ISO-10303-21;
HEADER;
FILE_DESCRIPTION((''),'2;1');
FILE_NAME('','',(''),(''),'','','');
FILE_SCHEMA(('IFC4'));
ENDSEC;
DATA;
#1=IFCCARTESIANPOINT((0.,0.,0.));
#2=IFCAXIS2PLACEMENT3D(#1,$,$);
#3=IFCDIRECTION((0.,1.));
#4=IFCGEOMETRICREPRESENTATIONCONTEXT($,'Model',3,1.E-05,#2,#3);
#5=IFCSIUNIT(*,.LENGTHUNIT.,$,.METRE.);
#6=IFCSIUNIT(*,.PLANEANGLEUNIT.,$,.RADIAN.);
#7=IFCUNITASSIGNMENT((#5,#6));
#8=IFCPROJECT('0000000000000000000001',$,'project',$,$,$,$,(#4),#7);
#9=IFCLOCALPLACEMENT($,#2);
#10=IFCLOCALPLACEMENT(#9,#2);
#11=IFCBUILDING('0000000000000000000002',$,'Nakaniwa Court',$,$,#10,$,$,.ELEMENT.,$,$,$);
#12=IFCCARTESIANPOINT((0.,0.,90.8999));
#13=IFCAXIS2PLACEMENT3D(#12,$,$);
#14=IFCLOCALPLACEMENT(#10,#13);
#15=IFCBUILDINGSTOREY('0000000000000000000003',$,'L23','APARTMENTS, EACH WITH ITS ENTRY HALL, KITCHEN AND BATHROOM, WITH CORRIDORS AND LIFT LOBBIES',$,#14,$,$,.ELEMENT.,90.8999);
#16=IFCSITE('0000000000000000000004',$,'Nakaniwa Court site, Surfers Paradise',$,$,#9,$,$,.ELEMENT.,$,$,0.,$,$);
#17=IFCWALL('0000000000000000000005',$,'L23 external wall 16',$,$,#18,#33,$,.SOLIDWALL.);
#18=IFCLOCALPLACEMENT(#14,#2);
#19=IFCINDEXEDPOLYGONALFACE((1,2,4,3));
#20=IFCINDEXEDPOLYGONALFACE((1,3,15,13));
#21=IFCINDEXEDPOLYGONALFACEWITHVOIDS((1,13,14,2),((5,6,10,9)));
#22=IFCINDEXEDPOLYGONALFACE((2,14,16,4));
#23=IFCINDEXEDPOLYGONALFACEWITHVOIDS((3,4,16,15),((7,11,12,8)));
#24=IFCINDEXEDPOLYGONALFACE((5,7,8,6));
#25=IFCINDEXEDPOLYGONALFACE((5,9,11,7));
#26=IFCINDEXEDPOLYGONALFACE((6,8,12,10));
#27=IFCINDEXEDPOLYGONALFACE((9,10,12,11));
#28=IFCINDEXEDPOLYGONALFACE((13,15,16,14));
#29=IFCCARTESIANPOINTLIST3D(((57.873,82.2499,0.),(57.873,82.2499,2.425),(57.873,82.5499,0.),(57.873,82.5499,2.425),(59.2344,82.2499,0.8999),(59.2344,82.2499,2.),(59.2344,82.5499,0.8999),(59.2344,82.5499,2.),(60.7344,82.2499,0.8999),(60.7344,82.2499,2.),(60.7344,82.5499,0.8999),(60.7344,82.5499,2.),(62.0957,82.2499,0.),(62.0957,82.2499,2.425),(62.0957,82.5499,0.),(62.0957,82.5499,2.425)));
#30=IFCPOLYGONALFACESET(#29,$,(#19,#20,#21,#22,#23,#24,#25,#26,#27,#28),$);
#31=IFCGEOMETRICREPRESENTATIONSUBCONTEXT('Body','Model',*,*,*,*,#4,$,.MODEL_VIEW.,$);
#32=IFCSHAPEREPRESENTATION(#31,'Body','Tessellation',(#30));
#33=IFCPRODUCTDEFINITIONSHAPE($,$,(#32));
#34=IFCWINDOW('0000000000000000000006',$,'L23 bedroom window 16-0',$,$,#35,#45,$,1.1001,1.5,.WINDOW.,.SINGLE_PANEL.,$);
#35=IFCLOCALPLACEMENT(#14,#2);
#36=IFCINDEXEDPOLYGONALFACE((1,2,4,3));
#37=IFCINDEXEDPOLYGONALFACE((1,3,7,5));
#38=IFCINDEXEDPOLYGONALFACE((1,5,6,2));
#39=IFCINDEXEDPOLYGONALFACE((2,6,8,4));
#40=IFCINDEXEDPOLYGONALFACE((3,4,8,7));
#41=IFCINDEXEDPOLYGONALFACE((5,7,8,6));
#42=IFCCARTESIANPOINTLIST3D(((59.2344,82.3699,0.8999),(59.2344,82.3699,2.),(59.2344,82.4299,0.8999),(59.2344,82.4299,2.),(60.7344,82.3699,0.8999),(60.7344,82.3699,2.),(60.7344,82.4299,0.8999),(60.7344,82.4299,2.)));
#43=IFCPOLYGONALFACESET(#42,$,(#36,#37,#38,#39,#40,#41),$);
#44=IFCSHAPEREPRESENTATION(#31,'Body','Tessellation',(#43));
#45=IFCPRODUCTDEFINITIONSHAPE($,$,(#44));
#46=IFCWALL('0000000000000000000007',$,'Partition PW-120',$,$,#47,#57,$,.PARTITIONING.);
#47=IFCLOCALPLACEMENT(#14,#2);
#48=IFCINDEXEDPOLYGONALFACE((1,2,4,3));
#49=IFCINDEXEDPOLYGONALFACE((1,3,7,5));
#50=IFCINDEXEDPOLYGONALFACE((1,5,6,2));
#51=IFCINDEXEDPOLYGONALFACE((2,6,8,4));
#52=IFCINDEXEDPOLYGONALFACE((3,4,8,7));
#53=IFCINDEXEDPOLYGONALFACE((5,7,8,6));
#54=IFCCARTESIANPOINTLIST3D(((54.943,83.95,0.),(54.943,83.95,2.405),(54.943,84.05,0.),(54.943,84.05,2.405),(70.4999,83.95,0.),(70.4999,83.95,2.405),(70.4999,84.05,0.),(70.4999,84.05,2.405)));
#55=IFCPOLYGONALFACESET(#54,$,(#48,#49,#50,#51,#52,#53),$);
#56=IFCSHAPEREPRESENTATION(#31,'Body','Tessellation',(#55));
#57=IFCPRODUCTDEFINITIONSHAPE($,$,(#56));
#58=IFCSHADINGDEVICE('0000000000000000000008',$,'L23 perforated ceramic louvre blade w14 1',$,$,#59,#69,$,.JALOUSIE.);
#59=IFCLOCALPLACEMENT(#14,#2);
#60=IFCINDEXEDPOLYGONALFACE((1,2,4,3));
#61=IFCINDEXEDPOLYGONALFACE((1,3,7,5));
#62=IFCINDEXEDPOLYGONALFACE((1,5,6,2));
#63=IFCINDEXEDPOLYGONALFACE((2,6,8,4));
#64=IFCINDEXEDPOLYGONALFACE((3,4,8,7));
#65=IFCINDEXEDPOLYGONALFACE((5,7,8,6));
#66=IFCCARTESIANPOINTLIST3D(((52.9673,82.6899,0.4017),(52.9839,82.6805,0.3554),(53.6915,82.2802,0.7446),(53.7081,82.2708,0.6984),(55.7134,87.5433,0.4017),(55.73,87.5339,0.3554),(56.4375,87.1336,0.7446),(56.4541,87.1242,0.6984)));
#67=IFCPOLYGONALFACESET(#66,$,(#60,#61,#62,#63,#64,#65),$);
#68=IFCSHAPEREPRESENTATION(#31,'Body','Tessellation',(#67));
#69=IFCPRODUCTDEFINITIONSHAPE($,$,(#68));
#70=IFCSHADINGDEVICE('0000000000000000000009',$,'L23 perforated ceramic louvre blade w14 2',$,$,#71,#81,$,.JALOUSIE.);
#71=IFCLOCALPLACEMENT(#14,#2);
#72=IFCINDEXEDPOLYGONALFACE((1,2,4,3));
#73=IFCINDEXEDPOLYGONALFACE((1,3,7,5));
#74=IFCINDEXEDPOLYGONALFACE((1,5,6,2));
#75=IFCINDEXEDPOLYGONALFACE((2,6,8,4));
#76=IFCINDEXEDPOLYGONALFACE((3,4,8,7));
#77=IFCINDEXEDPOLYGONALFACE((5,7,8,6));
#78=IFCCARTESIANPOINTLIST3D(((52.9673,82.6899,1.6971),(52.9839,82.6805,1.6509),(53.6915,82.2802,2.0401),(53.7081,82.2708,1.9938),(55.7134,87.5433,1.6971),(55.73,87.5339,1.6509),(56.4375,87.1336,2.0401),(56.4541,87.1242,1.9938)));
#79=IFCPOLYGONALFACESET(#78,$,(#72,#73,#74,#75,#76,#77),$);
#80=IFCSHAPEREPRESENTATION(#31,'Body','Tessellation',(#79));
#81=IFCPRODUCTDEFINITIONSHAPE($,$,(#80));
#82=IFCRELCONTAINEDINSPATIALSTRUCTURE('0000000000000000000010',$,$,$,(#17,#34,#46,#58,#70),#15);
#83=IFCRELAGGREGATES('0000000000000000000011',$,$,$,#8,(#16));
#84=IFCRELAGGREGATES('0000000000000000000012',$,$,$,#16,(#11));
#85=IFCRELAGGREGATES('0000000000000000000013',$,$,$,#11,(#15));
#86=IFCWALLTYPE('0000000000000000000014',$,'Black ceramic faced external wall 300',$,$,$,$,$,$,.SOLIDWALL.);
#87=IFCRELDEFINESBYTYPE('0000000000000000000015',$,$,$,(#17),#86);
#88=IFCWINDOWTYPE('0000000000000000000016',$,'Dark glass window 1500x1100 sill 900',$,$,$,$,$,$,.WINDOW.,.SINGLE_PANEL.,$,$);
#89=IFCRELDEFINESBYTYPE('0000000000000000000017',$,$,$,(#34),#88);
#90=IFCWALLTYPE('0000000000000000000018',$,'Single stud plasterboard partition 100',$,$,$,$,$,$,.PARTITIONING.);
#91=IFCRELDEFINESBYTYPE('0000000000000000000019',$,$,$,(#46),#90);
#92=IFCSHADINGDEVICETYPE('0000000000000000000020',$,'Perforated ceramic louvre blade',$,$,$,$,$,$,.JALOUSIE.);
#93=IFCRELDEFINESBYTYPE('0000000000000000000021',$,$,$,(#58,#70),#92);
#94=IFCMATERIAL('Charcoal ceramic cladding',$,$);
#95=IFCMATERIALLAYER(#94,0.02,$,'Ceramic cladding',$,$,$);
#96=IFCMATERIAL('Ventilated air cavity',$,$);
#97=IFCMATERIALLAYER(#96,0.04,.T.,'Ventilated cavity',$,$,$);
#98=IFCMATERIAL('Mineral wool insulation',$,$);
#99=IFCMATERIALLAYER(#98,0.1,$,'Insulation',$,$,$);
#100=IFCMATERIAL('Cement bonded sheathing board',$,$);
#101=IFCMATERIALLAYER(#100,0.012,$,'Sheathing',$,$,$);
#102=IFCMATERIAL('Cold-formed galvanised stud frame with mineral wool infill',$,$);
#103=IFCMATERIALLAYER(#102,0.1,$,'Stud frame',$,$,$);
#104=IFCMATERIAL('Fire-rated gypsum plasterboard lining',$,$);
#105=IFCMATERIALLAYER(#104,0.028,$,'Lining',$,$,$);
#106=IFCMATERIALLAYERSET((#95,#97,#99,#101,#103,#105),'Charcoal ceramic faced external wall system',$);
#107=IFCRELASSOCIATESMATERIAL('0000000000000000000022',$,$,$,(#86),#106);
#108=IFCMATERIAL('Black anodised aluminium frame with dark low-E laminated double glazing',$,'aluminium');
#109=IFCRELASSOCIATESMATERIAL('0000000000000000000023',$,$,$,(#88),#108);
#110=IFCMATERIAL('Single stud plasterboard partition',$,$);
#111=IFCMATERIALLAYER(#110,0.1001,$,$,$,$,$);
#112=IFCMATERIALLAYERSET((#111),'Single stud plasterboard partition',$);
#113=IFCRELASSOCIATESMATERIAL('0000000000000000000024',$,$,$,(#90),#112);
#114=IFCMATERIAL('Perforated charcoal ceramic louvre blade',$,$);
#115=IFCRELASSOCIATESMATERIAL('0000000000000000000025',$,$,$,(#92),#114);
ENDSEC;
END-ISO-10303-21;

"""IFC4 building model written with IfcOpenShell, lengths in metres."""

from ifc_helpers import new_model, si_unit, direction, frame, frame_2d, origin, origin_2d, place, context, subcontext, project, spatial, rectangle, extrude, material, layer, layer_set, material_profile, profile_set, type_object, element, fill, save


model = new_model("IFC4")

# Units and contexts
model_context = context("Model", 3, precision=1e-05, world=origin(), true_north=direction((0.0, 1.0)))
body_context = subcontext(model_context, "Body", "Model", "MODEL_VIEW")
ifc_project = project(units=[si_unit("LENGTHUNIT", "METRE"), si_unit("PLANEANGLEUNIT", "RADIAN")], contexts=[model_context])

# Site, building, storey
site_placement = place(None, origin())
site = spatial("IfcSite", under=ifc_project, at=site_placement, Name="Nakaniwa Court site, Surfers Paradise", CompositionType="ELEMENT", RefElevation=0.0)
building_placement = place(site_placement, origin())
building = spatial("IfcBuilding", under=site, at=building_placement, Name="Nakaniwa Court", CompositionType="ELEMENT")
storey_placement = place(building_placement, frame((0.0, 0.0, 90.8999)))
storey = spatial("IfcBuildingStorey", under=building, at=storey_placement, Name="L23", Description="APARTMENTS, EACH WITH ITS ENTRY HALL, KITCHEN AND BATHROOM, WITH CORRIDORS AND LIFT LOBBIES", CompositionType="ELEMENT", Elevation=90.8999)

# Shared definitions
ifc_material_1 = material(Name="Charcoal ceramic cladding")
ifc_layer_1 = layer(ifc_material_1, 0.02, Name="Ceramic cladding")
ifc_material_2 = material(Name="Ventilated air cavity")
ifc_layer_2 = layer(ifc_material_2, 0.04, ventilated=True, Name="Ventilated cavity")
ifc_material_3 = material(Name="Mineral wool insulation")
ifc_layer_3 = layer(ifc_material_3, 0.1, Name="Insulation")
ifc_material_4 = material(Name="Cement bonded sheathing board")
ifc_layer_4 = layer(ifc_material_4, 0.012, Name="Sheathing")
ifc_material_5 = material(Name="Cold-formed galvanised stud frame with mineral wool infill")
ifc_layer_5 = layer(ifc_material_5, 0.1, Name="Stud frame")
ifc_material_6 = material(Name="Fire-rated gypsum plasterboard lining")
ifc_layer_6 = layer(ifc_material_6, 0.028, Name="Lining")
ifc_layer_set_1 = layer_set([ifc_layer_1, ifc_layer_2, ifc_layer_3, ifc_layer_4, ifc_layer_5, ifc_layer_6], Name="Charcoal ceramic faced external wall system")
wall_type_1 = type_object("IfcWallType", Name="Black ceramic faced external wall 300", PredefinedType="SOLIDWALL", material=ifc_layer_set_1)
ifc_material_7 = material(Name="Black anodised aluminium frame with dark low-E laminated double glazing", Category="aluminium")

# Wall, opening, window
window_type_1 = type_object("IfcWindowType", Name="Dark glass window 1500x1100 sill 900", PartitioningType="SINGLE_PANEL", PredefinedType="WINDOW", material=ifc_material_7)
wall_1_placement = place(storey_placement, frame((57.873, 82.3999, 0.0), z_axis=(0.0, 0.0, 1.0), x_axis=(1.0, 0.0, 0.0)))
wall_1 = element("IfcWall", 1, at=wall_1_placement, inside=storey, type_object=wall_type_1, Name="L23 external wall 16", PredefinedType="SOLIDWALL", context=body_context, shape_type="SweptSolid", body=[
    extrude(rectangle(XDim=4.2227, YDim=0.3, at=frame_2d((2.1113, 0.0))), origin(), (0.0, 0.0, 1.0), 2.425),
])
opening_1_placement = place(wall_1_placement, frame((1.3613, 0.0, 0.8999)))
opening_1 = element("IfcOpeningElement", 2, at=opening_1_placement, cuts=wall_1, PredefinedType="OPENING", context=body_context, shape_type="SweptSolid", body=[
    extrude(rectangle(XDim=1.5, YDim=1.1001, at=frame_2d((0.75, 0.55))), frame((0.0, 0.1599, 0.0), z_axis=(0.0, -1.0, 0.0), x_axis=(1.0, 0.0, 0.0)), (0.0, 0.0, 1.0), 0.3201),
])
window_1_placement = place(opening_1_placement, origin())
window_1 = element("IfcWindow", 3, at=window_1_placement, inside=storey, type_object=window_type_1, Name="L23 bedroom window 16-0", OverallHeight=1.1001, OverallWidth=1.5, PartitioningType="SINGLE_PANEL", PredefinedType="WINDOW", context=body_context, shape_type="SweptSolid", body=[
    extrude(rectangle(XDim=1.5, YDim=1.1001, at=frame_2d((0.75, 0.55))), frame((0.0, 0.03, 0.0), z_axis=(0.0, -1.0, 0.0), x_axis=(1.0, 0.0, 0.0)), (0.0, 0.0, 1.0), 0.0601),
])
fill(opening_1, window_1)

# Wall
ifc_material_8 = material(Name="Single stud plasterboard partition")
ifc_layer_7 = layer(ifc_material_8, 0.1001)
ifc_layer_set_2 = layer_set([ifc_layer_7], Name="Single stud plasterboard partition")
wall_type_2 = type_object("IfcWallType", Name="Single stud plasterboard partition 100", PredefinedType="PARTITIONING", material=ifc_layer_set_2)
wall_2_placement = place(storey_placement, frame((54.9431, 84.0, 0.0), z_axis=(0.0, 0.0, 1.0), x_axis=(1.0, 0.0, 0.0)))
element("IfcWall", 4, at=wall_2_placement, inside=storey, type_object=wall_type_2, Name="Partition PW-120", PredefinedType="PARTITIONING", context=body_context, shape_type="SweptSolid", body=[
    extrude(rectangle(XDim=15.5569, YDim=0.1001, at=frame_2d((7.7783, 0.0))), origin(), (0.0, 0.0, 1.0), 2.405),
])

# Shading devices
ifc_material_9 = material(Name="Perforated charcoal ceramic louvre blade")
ifc_material_profile_1 = material_profile(ifc_material_9, rectangle(XDim=0.8999, YDim=0.05, at=origin_2d()), Name="Perforated ceramic louvre blade")
ifc_profile_set_1 = profile_set([ifc_material_profile_1], Name="Perforated charcoal ceramic louvre blade")
shading_device_type = type_object("IfcShadingDeviceType", Name="Perforated ceramic louvre blade", PredefinedType="JALOUSIE", material=ifc_profile_set_1)
for number, where, z_axis, x_axis, name in (
    (5, (56.0837, 87.3337, 0.55), (-0.492438, -0.870347, 0.0), (0.804676, -0.455282, 0.38107), "L23 perforated ceramic louvre blade w14 1"),
    (6, (56.0837, 87.3337, 1.8455), (-0.492438, -0.870347, 0.0), (0.804676, -0.455282, 0.38107), "L23 perforated ceramic louvre blade w14 2"),
):
    element("IfcShadingDevice", number, at=place(storey_placement, frame(where, z_axis=z_axis, x_axis=x_axis)), inside=storey, type_object=shading_device_type, Name=name, PredefinedType="JALOUSIE", context=body_context, shape_type="SweptSolid", body=[
        extrude(rectangle(XDim=0.8999, YDim=0.05, at=origin_2d()), origin(), (0.0, 0.0, 1.0), 5.5764),
    ])

save(model, "model.ifc")
